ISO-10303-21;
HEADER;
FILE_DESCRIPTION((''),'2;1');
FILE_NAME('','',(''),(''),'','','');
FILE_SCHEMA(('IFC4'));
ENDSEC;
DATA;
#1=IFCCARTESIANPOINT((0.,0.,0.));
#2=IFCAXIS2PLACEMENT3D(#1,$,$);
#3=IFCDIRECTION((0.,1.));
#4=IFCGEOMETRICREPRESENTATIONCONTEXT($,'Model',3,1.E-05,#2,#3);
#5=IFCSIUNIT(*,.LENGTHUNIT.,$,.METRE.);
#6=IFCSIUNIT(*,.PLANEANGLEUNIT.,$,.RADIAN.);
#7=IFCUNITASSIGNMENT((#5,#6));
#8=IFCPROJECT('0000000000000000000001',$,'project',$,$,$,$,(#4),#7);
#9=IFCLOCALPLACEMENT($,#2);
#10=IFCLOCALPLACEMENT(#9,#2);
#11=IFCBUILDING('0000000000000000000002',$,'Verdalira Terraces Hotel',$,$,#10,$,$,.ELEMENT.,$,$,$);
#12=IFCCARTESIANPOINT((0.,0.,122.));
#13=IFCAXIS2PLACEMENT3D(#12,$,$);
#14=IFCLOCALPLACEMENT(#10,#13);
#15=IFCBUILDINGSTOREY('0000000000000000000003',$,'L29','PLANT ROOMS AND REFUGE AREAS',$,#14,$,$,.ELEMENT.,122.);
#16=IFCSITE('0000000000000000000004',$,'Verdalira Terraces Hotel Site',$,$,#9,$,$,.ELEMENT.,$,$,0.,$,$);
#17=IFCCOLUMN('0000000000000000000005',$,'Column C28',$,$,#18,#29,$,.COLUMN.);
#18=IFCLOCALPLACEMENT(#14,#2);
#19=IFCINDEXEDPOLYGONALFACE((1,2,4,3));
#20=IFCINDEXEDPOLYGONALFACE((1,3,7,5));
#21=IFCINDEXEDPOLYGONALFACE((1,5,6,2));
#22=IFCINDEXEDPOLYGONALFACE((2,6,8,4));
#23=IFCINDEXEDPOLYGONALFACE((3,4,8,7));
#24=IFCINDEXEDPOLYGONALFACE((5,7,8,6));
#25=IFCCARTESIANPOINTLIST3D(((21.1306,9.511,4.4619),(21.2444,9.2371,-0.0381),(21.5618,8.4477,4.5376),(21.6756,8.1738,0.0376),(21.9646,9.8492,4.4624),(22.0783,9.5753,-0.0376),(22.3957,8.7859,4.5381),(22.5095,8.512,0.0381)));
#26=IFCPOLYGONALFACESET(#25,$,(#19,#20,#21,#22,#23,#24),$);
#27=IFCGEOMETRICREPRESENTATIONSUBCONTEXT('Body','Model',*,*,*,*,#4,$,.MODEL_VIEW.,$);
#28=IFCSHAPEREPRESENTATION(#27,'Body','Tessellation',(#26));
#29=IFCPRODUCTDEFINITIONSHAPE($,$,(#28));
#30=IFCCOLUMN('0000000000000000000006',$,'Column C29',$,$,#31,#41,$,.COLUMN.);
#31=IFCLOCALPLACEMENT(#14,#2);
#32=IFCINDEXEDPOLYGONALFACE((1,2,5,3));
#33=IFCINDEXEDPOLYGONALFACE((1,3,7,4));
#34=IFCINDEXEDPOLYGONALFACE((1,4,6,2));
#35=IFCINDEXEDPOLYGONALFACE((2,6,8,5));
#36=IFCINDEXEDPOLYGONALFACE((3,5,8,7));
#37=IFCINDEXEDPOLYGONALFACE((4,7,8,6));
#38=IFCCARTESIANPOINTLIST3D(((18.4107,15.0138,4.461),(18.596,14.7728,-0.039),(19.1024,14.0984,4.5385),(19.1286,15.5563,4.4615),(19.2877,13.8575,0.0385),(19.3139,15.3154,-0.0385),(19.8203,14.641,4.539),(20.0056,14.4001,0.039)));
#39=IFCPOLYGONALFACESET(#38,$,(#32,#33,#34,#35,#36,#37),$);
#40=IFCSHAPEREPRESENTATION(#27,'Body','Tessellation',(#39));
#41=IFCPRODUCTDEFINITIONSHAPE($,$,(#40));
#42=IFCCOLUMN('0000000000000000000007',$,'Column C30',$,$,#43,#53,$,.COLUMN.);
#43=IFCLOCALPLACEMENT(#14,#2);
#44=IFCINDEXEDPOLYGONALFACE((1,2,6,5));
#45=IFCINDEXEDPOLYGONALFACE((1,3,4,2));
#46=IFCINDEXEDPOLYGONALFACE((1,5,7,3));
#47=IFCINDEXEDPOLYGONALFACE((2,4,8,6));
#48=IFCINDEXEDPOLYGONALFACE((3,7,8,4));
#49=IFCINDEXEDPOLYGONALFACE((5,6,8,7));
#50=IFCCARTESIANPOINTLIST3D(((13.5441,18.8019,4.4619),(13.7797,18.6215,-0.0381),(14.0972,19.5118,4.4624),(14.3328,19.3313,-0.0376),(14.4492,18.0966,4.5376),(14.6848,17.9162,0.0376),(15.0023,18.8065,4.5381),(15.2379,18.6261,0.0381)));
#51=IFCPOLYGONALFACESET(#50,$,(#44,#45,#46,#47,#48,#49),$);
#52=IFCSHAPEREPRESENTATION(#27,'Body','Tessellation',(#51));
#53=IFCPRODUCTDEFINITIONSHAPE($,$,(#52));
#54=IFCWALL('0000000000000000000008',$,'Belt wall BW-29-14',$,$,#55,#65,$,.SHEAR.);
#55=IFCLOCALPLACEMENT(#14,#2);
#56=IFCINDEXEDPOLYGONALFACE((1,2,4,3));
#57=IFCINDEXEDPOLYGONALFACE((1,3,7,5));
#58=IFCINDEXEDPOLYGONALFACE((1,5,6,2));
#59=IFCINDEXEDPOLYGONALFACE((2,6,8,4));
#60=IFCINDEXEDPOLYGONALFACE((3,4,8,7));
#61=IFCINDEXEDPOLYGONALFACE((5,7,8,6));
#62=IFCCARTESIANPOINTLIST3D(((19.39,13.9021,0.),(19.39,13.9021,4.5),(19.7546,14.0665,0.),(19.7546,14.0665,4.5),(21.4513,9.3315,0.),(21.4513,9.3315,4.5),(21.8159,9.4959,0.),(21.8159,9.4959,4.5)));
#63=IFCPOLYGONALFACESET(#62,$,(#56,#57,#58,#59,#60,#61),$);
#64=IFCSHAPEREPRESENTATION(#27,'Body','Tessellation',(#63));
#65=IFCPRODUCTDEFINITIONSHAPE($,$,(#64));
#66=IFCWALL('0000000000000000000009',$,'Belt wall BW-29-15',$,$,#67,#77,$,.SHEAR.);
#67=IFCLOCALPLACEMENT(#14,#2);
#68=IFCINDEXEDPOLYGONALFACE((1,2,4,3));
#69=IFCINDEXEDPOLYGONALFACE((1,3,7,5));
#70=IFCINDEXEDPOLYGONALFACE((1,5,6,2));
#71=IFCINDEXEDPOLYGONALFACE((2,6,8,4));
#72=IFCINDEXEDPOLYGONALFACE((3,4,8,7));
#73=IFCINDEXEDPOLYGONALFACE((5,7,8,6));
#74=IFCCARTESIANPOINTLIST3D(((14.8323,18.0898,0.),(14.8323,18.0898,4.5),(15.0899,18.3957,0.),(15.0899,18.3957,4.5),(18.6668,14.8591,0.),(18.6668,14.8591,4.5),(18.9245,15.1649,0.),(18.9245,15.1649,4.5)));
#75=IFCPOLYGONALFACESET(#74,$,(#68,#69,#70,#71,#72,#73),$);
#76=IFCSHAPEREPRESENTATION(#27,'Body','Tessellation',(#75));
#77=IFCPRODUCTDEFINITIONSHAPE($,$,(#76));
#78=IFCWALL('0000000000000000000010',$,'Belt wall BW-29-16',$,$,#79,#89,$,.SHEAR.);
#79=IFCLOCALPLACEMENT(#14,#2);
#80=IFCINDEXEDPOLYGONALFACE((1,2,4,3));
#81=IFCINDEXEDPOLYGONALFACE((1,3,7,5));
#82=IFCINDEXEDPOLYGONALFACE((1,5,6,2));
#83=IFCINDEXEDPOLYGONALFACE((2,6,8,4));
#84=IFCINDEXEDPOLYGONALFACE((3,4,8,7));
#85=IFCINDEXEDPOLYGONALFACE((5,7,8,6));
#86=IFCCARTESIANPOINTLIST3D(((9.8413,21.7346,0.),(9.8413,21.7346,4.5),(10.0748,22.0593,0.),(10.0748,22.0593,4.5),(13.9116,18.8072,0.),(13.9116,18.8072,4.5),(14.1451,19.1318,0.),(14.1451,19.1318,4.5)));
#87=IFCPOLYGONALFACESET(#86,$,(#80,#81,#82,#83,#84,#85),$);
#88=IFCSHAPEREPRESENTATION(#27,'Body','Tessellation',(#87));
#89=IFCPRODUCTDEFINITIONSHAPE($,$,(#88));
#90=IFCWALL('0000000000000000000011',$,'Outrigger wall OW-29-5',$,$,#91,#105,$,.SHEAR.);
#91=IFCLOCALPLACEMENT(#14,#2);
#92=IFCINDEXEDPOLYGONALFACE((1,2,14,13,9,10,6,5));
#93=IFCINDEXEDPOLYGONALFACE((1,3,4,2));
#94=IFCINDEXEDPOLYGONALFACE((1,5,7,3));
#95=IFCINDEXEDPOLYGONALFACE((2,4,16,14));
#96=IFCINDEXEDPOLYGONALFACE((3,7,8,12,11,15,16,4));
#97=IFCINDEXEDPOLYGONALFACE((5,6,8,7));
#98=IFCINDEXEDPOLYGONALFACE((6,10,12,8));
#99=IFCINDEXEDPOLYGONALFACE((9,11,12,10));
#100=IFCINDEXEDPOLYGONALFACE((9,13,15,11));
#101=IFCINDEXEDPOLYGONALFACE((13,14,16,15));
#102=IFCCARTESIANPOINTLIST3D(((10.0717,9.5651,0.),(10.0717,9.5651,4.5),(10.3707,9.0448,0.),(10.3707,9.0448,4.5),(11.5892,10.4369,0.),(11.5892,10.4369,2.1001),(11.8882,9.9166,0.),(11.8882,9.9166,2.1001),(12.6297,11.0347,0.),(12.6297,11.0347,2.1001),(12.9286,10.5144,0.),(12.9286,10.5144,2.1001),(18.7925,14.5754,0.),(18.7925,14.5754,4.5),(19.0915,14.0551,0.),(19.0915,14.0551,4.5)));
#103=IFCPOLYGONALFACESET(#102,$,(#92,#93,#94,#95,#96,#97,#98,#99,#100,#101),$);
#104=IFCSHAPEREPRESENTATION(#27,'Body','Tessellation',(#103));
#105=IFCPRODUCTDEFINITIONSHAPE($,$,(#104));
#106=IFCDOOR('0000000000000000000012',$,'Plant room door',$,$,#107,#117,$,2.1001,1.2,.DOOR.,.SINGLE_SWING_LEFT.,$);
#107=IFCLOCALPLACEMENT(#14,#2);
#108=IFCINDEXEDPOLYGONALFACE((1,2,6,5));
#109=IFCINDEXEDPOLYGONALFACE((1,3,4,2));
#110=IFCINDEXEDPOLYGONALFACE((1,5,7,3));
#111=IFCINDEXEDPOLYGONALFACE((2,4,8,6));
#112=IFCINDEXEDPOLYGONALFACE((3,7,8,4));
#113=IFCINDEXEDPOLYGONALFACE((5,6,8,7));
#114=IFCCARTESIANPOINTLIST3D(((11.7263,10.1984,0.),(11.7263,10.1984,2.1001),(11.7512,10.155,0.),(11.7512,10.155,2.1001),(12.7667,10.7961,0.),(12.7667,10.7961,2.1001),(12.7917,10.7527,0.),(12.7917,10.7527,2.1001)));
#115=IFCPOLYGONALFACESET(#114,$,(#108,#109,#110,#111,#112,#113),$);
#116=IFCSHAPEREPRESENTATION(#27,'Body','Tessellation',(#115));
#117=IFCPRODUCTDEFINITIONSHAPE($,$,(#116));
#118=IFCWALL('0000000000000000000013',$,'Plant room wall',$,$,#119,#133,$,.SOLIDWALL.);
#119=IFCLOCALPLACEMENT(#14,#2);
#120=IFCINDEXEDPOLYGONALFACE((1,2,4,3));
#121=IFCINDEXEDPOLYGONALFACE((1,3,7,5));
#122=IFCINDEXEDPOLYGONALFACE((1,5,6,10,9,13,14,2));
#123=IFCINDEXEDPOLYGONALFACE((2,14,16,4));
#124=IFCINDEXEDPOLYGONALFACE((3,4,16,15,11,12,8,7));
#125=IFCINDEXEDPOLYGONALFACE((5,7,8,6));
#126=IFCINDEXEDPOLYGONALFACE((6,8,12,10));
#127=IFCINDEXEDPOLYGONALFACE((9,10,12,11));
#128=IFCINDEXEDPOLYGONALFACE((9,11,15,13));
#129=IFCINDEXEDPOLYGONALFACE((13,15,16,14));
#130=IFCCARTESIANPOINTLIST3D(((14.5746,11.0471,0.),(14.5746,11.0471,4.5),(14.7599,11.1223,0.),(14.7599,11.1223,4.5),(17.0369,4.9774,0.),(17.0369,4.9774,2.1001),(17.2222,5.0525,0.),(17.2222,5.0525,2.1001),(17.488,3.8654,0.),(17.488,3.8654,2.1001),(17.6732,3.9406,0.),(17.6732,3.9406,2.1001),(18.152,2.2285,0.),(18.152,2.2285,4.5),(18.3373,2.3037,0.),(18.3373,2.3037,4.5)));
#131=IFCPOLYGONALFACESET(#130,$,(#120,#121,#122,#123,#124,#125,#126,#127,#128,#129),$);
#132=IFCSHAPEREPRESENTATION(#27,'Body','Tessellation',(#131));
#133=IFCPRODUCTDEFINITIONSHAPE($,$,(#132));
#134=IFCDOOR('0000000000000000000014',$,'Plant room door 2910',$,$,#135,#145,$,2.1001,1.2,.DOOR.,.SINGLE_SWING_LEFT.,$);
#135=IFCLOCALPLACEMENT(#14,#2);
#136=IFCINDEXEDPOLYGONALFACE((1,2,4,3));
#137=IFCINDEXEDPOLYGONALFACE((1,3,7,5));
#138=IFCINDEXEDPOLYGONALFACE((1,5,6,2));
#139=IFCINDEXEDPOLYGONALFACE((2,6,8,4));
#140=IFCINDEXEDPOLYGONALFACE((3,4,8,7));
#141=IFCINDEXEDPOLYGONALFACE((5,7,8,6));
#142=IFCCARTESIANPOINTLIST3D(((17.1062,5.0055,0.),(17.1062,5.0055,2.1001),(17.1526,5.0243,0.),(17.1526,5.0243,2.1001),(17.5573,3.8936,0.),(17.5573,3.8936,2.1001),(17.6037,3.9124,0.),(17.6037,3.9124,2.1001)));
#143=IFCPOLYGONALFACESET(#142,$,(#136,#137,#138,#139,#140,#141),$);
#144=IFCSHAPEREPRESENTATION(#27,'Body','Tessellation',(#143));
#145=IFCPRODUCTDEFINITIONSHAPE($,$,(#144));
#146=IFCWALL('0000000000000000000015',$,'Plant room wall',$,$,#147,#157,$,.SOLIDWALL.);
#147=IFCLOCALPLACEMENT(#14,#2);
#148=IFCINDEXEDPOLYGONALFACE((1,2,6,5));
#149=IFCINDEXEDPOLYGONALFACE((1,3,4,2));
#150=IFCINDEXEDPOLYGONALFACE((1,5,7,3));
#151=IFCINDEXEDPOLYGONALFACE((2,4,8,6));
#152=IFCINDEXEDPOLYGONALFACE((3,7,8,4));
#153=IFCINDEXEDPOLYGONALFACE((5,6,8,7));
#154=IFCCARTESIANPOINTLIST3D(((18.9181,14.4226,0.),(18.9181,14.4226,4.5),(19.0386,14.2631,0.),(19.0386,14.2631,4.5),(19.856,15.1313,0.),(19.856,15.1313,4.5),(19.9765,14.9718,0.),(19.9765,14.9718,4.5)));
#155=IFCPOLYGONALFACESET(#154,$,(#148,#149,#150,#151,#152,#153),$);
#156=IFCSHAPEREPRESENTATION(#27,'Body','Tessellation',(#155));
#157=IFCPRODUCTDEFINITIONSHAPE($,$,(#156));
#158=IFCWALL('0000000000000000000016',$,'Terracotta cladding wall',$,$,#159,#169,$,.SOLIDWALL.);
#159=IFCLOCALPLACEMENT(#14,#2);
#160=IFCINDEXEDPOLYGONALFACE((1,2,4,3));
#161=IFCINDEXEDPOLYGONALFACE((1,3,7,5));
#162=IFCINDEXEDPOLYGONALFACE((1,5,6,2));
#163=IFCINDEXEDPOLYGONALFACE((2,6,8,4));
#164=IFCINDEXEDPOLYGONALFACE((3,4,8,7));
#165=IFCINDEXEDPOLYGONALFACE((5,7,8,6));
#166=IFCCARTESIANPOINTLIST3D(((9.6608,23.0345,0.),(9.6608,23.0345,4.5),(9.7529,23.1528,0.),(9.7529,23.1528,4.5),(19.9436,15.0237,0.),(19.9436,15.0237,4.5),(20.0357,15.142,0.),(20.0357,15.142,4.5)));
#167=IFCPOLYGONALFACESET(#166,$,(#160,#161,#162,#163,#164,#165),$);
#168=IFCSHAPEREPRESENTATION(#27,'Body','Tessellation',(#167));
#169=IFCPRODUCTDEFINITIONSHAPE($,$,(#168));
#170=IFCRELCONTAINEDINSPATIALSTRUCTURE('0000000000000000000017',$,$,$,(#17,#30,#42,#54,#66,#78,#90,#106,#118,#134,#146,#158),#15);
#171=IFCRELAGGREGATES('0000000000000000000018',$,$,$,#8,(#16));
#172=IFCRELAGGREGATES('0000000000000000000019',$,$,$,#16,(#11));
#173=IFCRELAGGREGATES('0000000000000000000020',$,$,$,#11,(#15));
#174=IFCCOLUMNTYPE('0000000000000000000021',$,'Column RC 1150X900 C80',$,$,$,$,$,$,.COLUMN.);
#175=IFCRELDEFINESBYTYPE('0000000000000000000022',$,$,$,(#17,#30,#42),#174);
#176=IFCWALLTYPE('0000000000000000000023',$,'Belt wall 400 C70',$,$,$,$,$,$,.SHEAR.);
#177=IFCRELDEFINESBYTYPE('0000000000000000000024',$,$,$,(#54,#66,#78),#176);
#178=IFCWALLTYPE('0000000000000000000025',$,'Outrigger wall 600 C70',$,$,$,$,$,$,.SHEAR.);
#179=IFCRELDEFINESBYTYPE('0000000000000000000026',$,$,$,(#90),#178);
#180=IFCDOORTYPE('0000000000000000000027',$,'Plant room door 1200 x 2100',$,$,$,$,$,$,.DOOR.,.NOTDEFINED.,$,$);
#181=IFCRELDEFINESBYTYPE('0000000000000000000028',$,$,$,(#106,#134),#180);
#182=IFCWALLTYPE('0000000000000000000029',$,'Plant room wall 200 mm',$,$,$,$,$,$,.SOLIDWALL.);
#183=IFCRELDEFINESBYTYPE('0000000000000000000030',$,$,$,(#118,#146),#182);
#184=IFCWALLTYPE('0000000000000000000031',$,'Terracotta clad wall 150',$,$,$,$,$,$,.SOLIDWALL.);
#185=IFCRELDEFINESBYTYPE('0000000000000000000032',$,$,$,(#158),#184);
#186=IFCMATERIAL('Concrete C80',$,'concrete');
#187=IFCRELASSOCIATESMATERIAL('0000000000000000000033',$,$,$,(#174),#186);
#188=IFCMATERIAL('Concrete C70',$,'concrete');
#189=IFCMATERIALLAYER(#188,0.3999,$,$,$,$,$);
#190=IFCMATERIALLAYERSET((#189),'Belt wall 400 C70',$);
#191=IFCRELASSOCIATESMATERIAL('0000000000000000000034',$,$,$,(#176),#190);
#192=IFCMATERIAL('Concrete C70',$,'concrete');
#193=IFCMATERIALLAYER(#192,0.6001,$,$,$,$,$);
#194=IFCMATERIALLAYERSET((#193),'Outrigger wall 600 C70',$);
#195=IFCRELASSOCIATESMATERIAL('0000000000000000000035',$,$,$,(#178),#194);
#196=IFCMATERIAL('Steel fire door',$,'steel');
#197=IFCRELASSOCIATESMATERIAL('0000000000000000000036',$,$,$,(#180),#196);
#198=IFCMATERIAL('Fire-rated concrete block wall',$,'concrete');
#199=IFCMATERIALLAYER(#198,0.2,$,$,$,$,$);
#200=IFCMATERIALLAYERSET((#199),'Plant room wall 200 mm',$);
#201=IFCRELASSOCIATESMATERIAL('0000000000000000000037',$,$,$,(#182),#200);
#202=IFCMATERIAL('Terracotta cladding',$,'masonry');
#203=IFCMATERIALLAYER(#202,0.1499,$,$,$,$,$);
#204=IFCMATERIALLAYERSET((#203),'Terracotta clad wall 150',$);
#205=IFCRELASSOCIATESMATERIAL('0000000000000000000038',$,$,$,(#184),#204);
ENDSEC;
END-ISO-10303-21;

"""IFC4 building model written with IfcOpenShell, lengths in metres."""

from ifc_helpers import new_model, si_unit, direction, frame, frame_2d, origin, origin_2d, place, context, subcontext, project, spatial, rectangle, extrude, material, layer, layer_set, material_profile, profile_set, type_object, element, fill, save


model = new_model("IFC4")

# Units and contexts
model_context = context("Model", 3, precision=1e-05, world=origin(), true_north=direction((0.0, 1.0)))
body_context = subcontext(model_context, "Body", "Model", "MODEL_VIEW")
ifc_project = project(units=[si_unit("LENGTHUNIT", "METRE"), si_unit("PLANEANGLEUNIT", "RADIAN")], contexts=[model_context])

# Site, building, storey
site_placement = place(None, origin())
site = spatial("IfcSite", under=ifc_project, at=site_placement, Name="Verdalira Terraces Hotel Site", CompositionType="ELEMENT", RefElevation=0.0)
building_placement = place(site_placement, origin())
building = spatial("IfcBuilding", under=site, at=building_placement, Name="Verdalira Terraces Hotel", CompositionType="ELEMENT")
storey_placement = place(building_placement, frame((0.0, 0.0, 122.0)))
storey = spatial("IfcBuildingStorey", under=building, at=storey_placement, Name="L29", Description="PLANT ROOMS AND REFUGE AREAS", CompositionType="ELEMENT", Elevation=122.0)

# Columns
ifc_material_1 = material(Name="Concrete C80", Category="concrete")
ifc_material_profile_1 = material_profile(ifc_material_1, rectangle(XDim=1.1499, YDim=0.8999, at=origin_2d()), Name="RC 1150X900")
ifc_profile_set_1 = profile_set([ifc_material_profile_1], Name="Concrete C80")
column_type = type_object("IfcColumnType", Name="Column RC 1150X900 C80", PredefinedType="COLUMN", material=ifc_profile_set_1)
column_1_placement = place(storey_placement, frame((21.877, 8.8745, 0.0), z_axis=(-0.025227, 0.060741, 0.997835), x_axis=(-0.374966, 0.924703, -0.065769)))
element("IfcColumn", 1, at=column_1_placement, inside=storey, type_object=column_type, Name="Column C28", PredefinedType="COLUMN", context=body_context, shape_type="SweptSolid", body=[
    extrude(rectangle(XDim=1.1499, YDim=0.8999, at=origin_2d()), origin(), (0.0, 0.0, 1.0), 4.5098),
])
column_2_placement = place(storey_placement, frame((19.3008, 14.5864, 0.0), z_axis=(-0.041085, 0.053426, 0.997726), x_axis=(0.601531, -0.796002, 0.067395)))
element("IfcColumn", 2, at=column_2_placement, inside=storey, type_object=column_type, Name="Column C29", PredefinedType="COLUMN", context=body_context, shape_type="SweptSolid", body=[
    extrude(rectangle(XDim=1.1499, YDim=0.8999, at=origin_2d()), origin(), (0.0, 0.0, 1.0), 4.5103),
])
column_3_placement = place(storey_placement, frame((14.5088, 18.6238, 0.0), z_axis=(-0.052241, 0.040006, 0.997833), x_axis=(-0.787085, 0.613326, -0.065798)))
element("IfcColumn", 3, at=column_3_placement, inside=storey, type_object=column_type, Name="Column C30", PredefinedType="COLUMN", context=body_context, shape_type="SweptSolid", body=[
    extrude(rectangle(XDim=1.1499, YDim=0.8999, at=origin_2d()), origin(), (0.0, 0.0, 1.0), 4.5098),
])

# Walls
ifc_material_2 = material(Name="Concrete C70", Category="concrete")
ifc_layer_1 = layer(ifc_material_2, 0.3999)
ifc_layer_set_1 = layer_set([ifc_layer_1], Name="Belt wall 400 C70")
wall_type_1 = type_object("IfcWallType", Name="Belt wall 400 C70", PredefinedType="SHEAR", material=ifc_layer_set_1)
wall_1_placement = place(storey_placement, frame((21.6335, 9.4138, 0.0), z_axis=(0.0, 0.0, 1.0), x_axis=(-0.411116, 0.911583, 0.0)))
element("IfcWall", 4, at=wall_1_placement, inside=storey, type_object=wall_type_1, Name="Belt wall BW-29-14", PredefinedType="SHEAR", context=body_context, shape_type="SweptSolid", body=[
    extrude(rectangle(XDim=5.0139, YDim=0.3999, at=frame_2d((2.5068, 0.0))), origin(), (0.0, 0.0, 1.0), 4.5),
])
wall_2_placement = place(storey_placement, frame((18.7957, 15.012, 0.0), z_axis=(0.0, 0.0, 1.0), x_axis=(-0.764746, 0.644332, 0.0)))
element("IfcWall", 5, at=wall_2_placement, inside=storey, type_object=wall_type_1, Name="Belt wall BW-29-15", PredefinedType="SHEAR", context=body_context, shape_type="SweptSolid", body=[
    extrude(rectangle(XDim=5.0142, YDim=0.3999, at=frame_2d((2.5071, 0.0))), origin(), (0.0, 0.0, 1.0), 4.5),
])
wall_3_placement = place(storey_placement, frame((14.0283, 18.9695, 0.0), z_axis=(0.0, 0.0, 1.0), x_axis=(-0.811831, 0.583893, 0.0)))
element("IfcWall", 6, at=wall_3_placement, inside=storey, type_object=wall_type_1, Name="Belt wall BW-29-16", PredefinedType="SHEAR", context=body_context, shape_type="SweptSolid", body=[
    extrude(rectangle(XDim=5.0137, YDim=0.3999, at=frame_2d((2.5068, 0.0))), origin(), (0.0, 0.0, 1.0), 4.5),
])

# Walls, openings, doors
ifc_material_3 = material(Name="Concrete C70", Category="concrete")
ifc_layer_2 = layer(ifc_material_3, 0.6001)
ifc_layer_set_2 = layer_set([ifc_layer_2], Name="Outrigger wall 600 C70")
wall_type_2 = type_object("IfcWallType", Name="Outrigger wall 600 C70", PredefinedType="SHEAR", material=ifc_layer_set_2)
wall_4_placement = place(storey_placement, frame((10.2212, 9.3049, 0.0), z_axis=(0.0, 0.0, 1.0), x_axis=(0.867085, 0.498161, 0.0)))
wall_4 = element("IfcWall", 7, at=wall_4_placement, inside=storey, type_object=wall_type_2, Name="Outrigger wall OW-29-5", PredefinedType="SHEAR", context=body_context, shape_type="SweptSolid", body=[
    extrude(rectangle(XDim=10.0576, YDim=0.6001, at=frame_2d((5.0288, 0.0))), origin(), (0.0, 0.0, 1.0), 4.5),
])
opening_1_placement = place(wall_4_placement, frame((1.75, 0.0, 0.0)))
opening_1 = element("IfcOpeningElement", 8, at=opening_1_placement, cuts=wall_4, PredefinedType="OPENING", context=body_context, shape_type="SweptSolid", body=[
    extrude(rectangle(XDim=1.2, YDim=2.1001, at=frame_2d((0.6001, 1.05))), frame((0.0, 0.3101, 0.0), z_axis=(0.0, -1.0, 0.0), x_axis=(1.0, 0.0, 0.0)), (0.0, 0.0, 1.0), 0.6201),
])
ifc_material_4 = material(Name="Steel fire door", Category="steel")
door_type = type_object("IfcDoorType", Name="Plant room door 1200 x 2100", OperationType="NOTDEFINED", PredefinedType="DOOR", material=ifc_material_4)
door_1_placement = place(opening_1_placement, origin())
door_1 = element("IfcDoor", 9, at=door_1_placement, inside=storey, type_object=door_type, Name="Plant room door", OperationType="SINGLE_SWING_LEFT", OverallHeight=2.1001, OverallWidth=1.2, PredefinedType="DOOR", context=body_context, shape_type="SweptSolid", body=[
    extrude(rectangle(XDim=1.2, YDim=2.1001, at=frame_2d((0.6001, 1.05))), frame((0.0, 0.0249, 0.0), z_axis=(0.0, -1.0, 0.0), x_axis=(1.0, 0.0, 0.0)), (0.0, 0.0, 1.0), 0.05),
])
fill(opening_1, door_1)
ifc_material_5 = material(Name="Fire-rated concrete block wall", Category="concrete")
ifc_layer_3 = layer(ifc_material_5, 0.2)
ifc_layer_set_3 = layer_set([ifc_layer_3], Name="Plant room wall 200 mm")
wall_type_3 = type_object("IfcWallType", Name="Plant room wall 200 mm", PredefinedType="SOLIDWALL", material=ifc_layer_set_3)
wall_5_placement = place(storey_placement, frame((14.6672, 11.0847, 0.0), z_axis=(0.0, 0.0, 1.0), x_axis=(0.375911, -0.926656, 0.0)))
wall_5 = element("IfcWall", 10, at=wall_5_placement, inside=storey, type_object=wall_type_3, Name="Plant room wall", PredefinedType="SOLIDWALL", context=body_context, shape_type="SweptSolid", body=[
    extrude(rectangle(XDim=9.5166, YDim=0.2, at=frame_2d((4.7583, 0.0))), origin(), (0.0, 0.0, 1.0), 4.5),
])
opening_2_placement = place(wall_5_placement, frame((6.55, 0.0, 0.0)))
opening_2 = element("IfcOpeningElement", 11, at=opening_2_placement, cuts=wall_5, PredefinedType="OPENING", context=body_context, shape_type="SweptSolid", body=[
    extrude(rectangle(XDim=1.2, YDim=2.1001, at=frame_2d((0.6001, 1.05))), frame((0.0, 0.1099, 0.0), z_axis=(0.0, -1.0, 0.0), x_axis=(1.0, 0.0, 0.0)), (0.0, 0.0, 1.0), 0.22),
])
door_2_placement = place(opening_2_placement, origin())
door_2 = element("IfcDoor", 12, at=door_2_placement, inside=storey, type_object=door_type, Name="Plant room door 2910", OperationType="SINGLE_SWING_LEFT", OverallHeight=2.1001, OverallWidth=1.2, PredefinedType="DOOR", context=body_context, shape_type="SweptSolid", body=[
    extrude(rectangle(XDim=1.2, YDim=2.1001, at=frame_2d((0.6001, 1.05))), frame((0.0, 0.0249, 0.0), z_axis=(0.0, -1.0, 0.0), x_axis=(1.0, 0.0, 0.0)), (0.0, 0.0, 1.0), 0.05),
])
fill(opening_2, door_2)

# Walls
wall_6_placement = place(storey_placement, frame((18.9783, 14.3428, 0.0), z_axis=(0.0, 0.0, 1.0), x_axis=(0.797852, 0.602854, 0.0)))
element("IfcWall", 13, at=wall_6_placement, inside=storey, type_object=wall_type_3, Name="Plant room wall", PredefinedType="SOLIDWALL", context=body_context, shape_type="SweptSolid", body=[
    extrude(rectangle(XDim=1.1755, YDim=0.2, at=frame_2d((0.5879, 0.0))), origin(), (0.0, 0.0, 1.0), 4.5),
])
ifc_material_6 = material(Name="Terracotta cladding", Category="masonry")
ifc_layer_4 = layer(ifc_material_6, 0.1499)
ifc_layer_set_4 = layer_set([ifc_layer_4], Name="Terracotta clad wall 150")
wall_type_4 = type_object("IfcWallType", Name="Terracotta clad wall 150", PredefinedType="SOLIDWALL", material=ifc_layer_set_4)
wall_7_placement = place(storey_placement, frame((19.9897, 15.0828, 0.0), z_axis=(0.0, 0.0, 1.0), x_axis=(-0.788866, 0.614565, 0.0)))
element("IfcWall", 14, at=wall_7_placement, inside=storey, type_object=wall_type_4, Name="Terracotta cladding wall", PredefinedType="SOLIDWALL", context=body_context, shape_type="SweptSolid", body=[
    extrude(rectangle(XDim=13.0349, YDim=0.1499, at=frame_2d((6.5176, 0.0))), origin(), (0.0, 0.0, 1.0), 4.5),
])

save(model, "model.ifc")
